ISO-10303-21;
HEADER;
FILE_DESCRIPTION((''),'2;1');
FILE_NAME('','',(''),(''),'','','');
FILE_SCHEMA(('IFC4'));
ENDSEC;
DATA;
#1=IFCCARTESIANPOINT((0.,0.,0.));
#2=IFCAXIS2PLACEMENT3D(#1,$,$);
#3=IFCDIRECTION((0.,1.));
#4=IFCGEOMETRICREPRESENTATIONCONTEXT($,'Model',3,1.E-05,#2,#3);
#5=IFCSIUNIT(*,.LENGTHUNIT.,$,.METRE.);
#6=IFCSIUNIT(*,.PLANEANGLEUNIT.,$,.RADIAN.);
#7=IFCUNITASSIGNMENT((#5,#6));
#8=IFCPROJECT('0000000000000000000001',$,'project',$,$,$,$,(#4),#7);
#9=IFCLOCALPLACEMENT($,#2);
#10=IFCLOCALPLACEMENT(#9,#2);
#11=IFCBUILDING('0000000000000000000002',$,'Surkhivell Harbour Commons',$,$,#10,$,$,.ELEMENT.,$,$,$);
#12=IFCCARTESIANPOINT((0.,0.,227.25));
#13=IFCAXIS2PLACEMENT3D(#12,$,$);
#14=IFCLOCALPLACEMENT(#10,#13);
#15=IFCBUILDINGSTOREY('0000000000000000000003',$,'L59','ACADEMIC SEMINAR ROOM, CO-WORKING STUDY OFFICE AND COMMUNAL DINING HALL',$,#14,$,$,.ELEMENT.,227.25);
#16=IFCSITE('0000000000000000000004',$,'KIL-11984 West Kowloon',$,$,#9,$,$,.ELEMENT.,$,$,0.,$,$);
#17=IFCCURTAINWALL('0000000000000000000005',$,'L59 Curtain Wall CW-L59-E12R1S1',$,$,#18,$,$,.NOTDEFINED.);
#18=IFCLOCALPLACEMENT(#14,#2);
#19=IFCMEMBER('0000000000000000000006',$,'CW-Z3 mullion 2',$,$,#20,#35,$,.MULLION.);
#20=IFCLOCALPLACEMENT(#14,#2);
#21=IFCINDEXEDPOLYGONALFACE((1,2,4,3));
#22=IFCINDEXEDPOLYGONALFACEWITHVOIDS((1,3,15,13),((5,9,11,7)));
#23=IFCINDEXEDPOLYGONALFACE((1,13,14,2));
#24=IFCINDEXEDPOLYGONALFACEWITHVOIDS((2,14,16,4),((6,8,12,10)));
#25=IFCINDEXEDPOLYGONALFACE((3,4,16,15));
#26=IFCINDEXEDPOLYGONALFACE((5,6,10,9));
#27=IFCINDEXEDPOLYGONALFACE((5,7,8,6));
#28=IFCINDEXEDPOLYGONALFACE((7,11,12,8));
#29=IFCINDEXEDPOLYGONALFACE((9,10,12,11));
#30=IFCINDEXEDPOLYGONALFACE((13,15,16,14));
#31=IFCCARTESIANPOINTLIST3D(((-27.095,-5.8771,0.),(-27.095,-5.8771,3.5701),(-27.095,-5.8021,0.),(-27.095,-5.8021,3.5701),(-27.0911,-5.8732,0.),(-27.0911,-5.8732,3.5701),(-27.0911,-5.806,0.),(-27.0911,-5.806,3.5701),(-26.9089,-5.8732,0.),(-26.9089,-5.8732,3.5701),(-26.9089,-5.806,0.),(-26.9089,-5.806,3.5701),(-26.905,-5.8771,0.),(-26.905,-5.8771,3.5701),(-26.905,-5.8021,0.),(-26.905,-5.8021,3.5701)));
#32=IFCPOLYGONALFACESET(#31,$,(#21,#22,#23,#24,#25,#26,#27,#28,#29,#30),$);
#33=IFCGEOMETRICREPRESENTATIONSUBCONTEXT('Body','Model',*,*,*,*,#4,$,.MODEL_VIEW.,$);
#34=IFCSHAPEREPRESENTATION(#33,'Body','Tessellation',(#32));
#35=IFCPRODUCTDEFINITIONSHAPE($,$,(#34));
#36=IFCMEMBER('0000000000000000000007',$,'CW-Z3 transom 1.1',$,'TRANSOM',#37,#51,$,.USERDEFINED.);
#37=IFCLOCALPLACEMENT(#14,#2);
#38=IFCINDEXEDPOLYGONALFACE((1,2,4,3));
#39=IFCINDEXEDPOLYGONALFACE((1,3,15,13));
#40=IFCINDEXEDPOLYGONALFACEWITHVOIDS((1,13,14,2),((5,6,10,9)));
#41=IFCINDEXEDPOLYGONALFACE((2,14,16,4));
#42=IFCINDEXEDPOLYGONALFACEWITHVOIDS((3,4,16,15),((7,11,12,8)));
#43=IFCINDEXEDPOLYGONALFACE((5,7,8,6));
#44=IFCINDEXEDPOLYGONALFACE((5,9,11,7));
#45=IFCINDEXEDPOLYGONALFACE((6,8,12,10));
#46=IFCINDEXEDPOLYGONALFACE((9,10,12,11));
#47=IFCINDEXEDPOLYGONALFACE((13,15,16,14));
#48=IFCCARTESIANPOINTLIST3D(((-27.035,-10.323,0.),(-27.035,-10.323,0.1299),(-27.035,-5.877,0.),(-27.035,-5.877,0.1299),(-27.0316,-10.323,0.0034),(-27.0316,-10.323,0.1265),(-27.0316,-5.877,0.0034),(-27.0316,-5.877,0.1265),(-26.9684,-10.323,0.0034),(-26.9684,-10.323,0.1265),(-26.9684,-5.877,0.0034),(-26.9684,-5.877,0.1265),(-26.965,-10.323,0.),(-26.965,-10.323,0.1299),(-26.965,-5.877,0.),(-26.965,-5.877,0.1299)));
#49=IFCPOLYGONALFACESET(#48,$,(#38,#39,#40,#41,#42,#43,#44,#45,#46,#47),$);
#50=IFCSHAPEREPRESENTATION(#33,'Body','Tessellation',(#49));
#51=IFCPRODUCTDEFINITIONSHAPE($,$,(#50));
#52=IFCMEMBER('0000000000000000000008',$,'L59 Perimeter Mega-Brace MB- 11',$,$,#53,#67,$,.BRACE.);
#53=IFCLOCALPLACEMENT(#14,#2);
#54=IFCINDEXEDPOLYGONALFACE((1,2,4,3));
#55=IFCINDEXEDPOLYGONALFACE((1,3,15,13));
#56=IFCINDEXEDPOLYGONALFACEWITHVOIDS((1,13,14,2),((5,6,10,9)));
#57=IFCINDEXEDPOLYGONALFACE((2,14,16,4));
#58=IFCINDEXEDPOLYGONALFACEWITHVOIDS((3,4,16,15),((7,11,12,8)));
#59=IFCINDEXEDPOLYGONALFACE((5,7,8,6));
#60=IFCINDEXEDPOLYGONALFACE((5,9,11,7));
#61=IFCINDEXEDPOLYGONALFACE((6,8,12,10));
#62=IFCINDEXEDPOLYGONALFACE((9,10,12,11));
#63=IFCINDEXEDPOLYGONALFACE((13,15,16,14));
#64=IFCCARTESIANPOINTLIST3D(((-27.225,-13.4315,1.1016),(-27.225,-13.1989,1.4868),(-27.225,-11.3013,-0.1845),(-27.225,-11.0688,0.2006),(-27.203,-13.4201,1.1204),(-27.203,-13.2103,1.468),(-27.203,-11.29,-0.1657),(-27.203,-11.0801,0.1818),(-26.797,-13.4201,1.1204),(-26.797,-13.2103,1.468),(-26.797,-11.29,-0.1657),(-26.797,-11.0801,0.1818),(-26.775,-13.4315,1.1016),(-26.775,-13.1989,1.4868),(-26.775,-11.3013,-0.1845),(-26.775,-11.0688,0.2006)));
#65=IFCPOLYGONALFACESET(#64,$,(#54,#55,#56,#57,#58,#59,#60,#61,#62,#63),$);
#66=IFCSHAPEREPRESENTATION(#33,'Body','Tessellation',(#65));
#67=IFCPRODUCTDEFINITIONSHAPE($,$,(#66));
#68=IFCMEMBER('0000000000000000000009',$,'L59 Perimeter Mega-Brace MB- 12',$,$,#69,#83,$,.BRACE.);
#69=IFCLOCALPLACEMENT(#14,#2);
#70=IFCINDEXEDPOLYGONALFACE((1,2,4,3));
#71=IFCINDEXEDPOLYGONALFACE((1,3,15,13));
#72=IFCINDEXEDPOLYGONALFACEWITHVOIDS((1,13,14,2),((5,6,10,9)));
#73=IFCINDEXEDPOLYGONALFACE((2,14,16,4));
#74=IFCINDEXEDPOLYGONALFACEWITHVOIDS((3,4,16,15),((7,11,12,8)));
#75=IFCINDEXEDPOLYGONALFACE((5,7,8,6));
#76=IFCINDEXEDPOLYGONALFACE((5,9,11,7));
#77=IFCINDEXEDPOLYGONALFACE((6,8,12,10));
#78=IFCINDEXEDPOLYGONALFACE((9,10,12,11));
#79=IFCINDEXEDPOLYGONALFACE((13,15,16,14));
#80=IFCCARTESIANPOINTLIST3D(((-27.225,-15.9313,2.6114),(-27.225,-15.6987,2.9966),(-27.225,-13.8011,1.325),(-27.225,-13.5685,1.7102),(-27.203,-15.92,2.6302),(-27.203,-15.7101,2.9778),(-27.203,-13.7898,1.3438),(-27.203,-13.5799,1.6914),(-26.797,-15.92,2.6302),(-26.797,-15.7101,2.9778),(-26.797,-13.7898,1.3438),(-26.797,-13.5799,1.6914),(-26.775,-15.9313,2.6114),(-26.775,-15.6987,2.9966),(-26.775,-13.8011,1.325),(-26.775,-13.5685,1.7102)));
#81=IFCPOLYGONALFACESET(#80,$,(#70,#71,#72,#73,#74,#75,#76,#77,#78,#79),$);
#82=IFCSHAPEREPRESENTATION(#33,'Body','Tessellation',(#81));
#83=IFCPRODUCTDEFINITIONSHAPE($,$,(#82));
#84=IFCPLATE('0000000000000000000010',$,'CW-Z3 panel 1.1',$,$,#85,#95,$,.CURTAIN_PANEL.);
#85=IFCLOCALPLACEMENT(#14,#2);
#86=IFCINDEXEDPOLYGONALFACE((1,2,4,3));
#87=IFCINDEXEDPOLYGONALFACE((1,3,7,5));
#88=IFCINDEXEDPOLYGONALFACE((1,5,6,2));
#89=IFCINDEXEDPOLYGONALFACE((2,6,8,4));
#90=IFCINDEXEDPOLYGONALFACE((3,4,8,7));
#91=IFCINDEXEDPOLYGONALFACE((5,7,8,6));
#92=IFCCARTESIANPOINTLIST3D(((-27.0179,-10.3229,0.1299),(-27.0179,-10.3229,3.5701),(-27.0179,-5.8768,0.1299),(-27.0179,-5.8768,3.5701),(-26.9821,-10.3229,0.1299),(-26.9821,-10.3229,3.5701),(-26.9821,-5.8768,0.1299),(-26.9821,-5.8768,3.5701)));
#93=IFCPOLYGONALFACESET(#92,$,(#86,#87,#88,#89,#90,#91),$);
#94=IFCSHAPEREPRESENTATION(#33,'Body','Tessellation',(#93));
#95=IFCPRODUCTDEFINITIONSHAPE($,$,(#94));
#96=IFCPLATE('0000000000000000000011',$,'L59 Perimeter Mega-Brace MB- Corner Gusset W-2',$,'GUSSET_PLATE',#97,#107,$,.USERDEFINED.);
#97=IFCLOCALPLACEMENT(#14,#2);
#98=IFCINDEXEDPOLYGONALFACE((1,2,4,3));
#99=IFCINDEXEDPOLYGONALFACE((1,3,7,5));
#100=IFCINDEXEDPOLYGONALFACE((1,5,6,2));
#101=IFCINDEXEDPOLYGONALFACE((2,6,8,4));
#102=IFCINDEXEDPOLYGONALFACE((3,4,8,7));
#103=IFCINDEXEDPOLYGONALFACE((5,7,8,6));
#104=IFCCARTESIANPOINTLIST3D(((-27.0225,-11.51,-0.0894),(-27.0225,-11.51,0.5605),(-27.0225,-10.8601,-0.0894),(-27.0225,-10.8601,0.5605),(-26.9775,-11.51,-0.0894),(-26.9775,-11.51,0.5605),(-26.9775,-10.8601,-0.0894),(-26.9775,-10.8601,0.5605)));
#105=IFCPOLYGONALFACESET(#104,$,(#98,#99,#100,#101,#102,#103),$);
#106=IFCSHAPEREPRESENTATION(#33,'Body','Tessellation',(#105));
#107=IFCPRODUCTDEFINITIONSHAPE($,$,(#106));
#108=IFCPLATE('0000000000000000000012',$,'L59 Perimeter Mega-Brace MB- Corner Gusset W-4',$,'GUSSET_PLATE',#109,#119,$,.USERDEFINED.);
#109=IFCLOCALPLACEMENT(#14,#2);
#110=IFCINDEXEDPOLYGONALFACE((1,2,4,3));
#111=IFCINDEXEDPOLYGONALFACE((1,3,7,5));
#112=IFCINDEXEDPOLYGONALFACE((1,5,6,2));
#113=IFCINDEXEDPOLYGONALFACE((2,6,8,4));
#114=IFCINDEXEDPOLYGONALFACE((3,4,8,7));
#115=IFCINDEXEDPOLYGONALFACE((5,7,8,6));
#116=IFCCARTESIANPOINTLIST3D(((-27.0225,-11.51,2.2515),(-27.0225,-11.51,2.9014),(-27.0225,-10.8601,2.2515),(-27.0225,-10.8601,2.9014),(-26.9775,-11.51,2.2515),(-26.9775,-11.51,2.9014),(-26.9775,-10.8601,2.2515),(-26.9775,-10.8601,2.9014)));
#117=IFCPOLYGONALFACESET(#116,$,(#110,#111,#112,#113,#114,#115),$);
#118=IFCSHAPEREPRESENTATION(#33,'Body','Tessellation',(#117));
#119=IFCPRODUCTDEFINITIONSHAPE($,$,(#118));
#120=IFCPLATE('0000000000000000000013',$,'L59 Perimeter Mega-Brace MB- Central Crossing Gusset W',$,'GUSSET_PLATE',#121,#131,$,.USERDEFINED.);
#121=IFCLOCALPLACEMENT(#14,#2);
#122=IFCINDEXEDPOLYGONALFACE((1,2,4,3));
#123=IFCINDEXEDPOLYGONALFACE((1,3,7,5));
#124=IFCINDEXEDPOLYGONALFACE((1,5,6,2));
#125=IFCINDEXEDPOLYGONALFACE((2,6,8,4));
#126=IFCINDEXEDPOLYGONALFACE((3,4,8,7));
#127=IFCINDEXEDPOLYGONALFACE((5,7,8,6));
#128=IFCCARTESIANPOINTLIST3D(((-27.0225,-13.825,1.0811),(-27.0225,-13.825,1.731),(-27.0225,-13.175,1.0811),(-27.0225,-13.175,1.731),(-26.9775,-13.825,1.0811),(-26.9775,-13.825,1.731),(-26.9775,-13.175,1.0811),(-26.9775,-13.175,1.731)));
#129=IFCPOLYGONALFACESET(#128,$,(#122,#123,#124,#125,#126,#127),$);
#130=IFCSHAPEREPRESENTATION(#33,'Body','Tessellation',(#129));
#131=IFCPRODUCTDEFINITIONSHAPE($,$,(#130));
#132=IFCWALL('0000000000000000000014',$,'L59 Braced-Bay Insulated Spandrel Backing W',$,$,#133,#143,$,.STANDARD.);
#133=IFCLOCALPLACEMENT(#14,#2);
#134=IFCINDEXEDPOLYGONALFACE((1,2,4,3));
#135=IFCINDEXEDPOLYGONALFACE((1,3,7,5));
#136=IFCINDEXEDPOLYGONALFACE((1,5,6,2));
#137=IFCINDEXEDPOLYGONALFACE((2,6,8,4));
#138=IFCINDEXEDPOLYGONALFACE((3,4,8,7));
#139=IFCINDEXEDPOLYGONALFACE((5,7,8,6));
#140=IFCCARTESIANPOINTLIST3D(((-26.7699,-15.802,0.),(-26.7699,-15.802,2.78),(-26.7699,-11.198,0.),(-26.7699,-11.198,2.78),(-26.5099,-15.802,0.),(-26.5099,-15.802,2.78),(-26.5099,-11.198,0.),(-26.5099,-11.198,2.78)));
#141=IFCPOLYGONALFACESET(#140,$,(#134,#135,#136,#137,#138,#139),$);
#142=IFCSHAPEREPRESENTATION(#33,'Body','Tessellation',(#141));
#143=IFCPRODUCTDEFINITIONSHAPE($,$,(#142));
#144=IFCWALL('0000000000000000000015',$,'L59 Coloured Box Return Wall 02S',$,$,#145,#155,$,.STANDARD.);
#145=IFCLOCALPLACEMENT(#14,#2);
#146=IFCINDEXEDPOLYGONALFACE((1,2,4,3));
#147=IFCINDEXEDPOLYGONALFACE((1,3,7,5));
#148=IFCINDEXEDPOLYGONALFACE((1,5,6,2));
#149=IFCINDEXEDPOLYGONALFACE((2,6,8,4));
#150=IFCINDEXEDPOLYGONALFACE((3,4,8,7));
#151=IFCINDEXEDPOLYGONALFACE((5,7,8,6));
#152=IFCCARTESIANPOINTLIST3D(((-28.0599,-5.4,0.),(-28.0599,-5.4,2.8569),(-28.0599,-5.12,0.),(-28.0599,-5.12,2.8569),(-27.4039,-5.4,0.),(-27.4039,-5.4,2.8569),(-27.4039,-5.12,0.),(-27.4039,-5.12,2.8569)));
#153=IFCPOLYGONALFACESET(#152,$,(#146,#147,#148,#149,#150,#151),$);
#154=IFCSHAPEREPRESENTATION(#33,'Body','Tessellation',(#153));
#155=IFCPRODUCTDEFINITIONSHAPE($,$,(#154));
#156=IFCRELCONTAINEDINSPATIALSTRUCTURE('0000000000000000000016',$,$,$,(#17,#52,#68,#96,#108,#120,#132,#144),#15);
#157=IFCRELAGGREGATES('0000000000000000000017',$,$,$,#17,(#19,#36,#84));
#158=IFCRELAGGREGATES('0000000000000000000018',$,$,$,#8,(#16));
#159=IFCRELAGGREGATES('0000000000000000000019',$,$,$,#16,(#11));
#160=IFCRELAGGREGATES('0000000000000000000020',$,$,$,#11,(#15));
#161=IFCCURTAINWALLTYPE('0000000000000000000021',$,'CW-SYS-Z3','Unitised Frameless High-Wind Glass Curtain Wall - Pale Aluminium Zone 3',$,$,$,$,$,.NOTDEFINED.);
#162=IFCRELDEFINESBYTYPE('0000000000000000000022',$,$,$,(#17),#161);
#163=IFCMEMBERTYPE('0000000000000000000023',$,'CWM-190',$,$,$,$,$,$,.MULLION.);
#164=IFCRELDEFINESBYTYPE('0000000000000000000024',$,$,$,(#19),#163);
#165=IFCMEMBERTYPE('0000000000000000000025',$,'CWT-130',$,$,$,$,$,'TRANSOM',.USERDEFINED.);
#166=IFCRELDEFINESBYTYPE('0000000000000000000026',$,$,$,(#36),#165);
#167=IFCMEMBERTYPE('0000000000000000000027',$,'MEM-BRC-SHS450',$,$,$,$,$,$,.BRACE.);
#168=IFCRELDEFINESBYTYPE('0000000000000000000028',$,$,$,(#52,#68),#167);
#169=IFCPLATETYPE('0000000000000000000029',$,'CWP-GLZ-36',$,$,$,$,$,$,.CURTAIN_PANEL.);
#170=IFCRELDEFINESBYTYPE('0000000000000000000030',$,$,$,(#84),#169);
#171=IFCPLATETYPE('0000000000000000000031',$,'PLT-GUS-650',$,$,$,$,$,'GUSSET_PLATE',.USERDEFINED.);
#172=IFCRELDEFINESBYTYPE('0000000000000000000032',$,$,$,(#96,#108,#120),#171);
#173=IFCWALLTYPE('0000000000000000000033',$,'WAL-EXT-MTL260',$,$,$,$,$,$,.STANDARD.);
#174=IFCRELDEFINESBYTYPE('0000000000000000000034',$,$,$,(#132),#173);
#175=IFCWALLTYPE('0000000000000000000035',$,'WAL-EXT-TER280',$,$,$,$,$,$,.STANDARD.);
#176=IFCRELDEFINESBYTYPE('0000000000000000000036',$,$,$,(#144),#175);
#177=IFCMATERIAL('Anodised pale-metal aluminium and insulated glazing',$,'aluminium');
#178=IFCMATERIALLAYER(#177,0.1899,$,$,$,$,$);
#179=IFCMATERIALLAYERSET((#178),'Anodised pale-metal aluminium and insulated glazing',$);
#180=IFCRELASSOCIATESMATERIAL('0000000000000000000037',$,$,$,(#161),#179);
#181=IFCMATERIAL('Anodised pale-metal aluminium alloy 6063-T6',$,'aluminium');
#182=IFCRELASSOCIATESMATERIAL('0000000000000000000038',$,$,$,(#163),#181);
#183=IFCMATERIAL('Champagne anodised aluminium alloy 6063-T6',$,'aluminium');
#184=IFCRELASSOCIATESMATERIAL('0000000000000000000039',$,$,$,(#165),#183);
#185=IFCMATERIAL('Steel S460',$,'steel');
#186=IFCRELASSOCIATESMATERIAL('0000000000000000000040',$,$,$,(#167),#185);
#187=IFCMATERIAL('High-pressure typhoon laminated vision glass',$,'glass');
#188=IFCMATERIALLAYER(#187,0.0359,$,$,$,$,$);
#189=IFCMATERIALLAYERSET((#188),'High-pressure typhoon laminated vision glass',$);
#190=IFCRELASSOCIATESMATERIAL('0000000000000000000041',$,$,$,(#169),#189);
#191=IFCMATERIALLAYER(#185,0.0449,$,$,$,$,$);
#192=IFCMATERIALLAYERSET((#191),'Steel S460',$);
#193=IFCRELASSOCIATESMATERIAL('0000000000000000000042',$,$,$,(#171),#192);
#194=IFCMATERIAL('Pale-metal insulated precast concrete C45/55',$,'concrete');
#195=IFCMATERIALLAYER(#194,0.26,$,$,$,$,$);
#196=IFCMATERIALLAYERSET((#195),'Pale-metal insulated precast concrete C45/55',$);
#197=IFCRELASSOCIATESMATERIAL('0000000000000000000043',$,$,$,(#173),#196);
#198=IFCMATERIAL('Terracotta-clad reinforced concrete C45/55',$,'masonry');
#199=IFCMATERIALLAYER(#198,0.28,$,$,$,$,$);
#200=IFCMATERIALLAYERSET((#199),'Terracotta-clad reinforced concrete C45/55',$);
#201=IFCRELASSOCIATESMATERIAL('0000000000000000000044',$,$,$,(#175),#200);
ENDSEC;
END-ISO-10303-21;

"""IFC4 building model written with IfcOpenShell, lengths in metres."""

from ifc_helpers import new_model, si_unit, direction, frame, frame_2d, origin, origin_2d, place, context, subcontext, project, spatial, rectangle, hollow_rectangle, extrude, material, layer, layer_set, material_profile, profile_set, type_object, element, aggregate, save


model = new_model("IFC4")

# Units and contexts
model_context = context("Model", 3, precision=1e-05, world=origin(), true_north=direction((0.0, 1.0)))
body_context = subcontext(model_context, "Body", "Model", "MODEL_VIEW")
ifc_project = project(units=[si_unit("LENGTHUNIT", "METRE"), si_unit("PLANEANGLEUNIT", "RADIAN")], contexts=[model_context])

# Site, building, storey
site_placement = place(None, origin())
site = spatial("IfcSite", under=ifc_project, at=site_placement, Name="KIL-11984 West Kowloon", CompositionType="ELEMENT", RefElevation=0.0)
building_placement = place(site_placement, origin())
building = spatial("IfcBuilding", under=site, at=building_placement, Name="Surkhivell Harbour Commons", CompositionType="ELEMENT")
storey_placement = place(building_placement, frame((0.0, 0.0, 227.25)))
storey = spatial("IfcBuildingStorey", under=building, at=storey_placement, Name="L59", Description="ACADEMIC SEMINAR ROOM, CO-WORKING STUDY OFFICE AND COMMUNAL DINING HALL", CompositionType="ELEMENT", Elevation=227.25)

# Shared definitions
ifc_material_1 = material(Name="Steel S460", Category="steel")

# Curtain wall, members
ifc_material_2 = material(Name="Anodised pale-metal aluminium and insulated glazing", Category="aluminium")
ifc_layer_1 = layer(ifc_material_2, 0.1899)
ifc_layer_set_1 = layer_set([ifc_layer_1], Name="Anodised pale-metal aluminium and insulated glazing")
curtain_wall_type = type_object("IfcCurtainWallType", Name="CW-SYS-Z3", Description="Unitised Frameless High-Wind Glass Curtain Wall - Pale Aluminium Zone 3", PredefinedType="NOTDEFINED", material=ifc_layer_set_1)
curtain_wall_placement = place(storey_placement, origin())
curtain_wall = element("IfcCurtainWall", 1, at=curtain_wall_placement, inside=storey, type_object=curtain_wall_type, Name="L59 Curtain Wall CW-L59-E12R1S1", PredefinedType="NOTDEFINED")
ifc_material_3 = material(Name="Anodised pale-metal aluminium alloy 6063-T6", Category="aluminium")
ifc_material_profile_1 = material_profile(ifc_material_3, hollow_rectangle(XDim=0.075, YDim=0.1899, WallThickness=0.0039, at=origin_2d()), Name="ALU-MULL-75x190")
ifc_profile_set_1 = profile_set([ifc_material_profile_1], Name="Anodised pale-metal aluminium alloy 6063-T6")
member_type_1 = type_object("IfcMemberType", Name="CWM-190", PredefinedType="MULLION", material=ifc_profile_set_1)
member_1_placement = place(storey_placement, frame((-27.0, -5.8396, 0.0), z_axis=(0.0, 0.0, 1.0), x_axis=(0.0, 1.0, 0.0)))
member_1 = element("IfcMember", 2, at=member_1_placement, type_object=member_type_1, Name="CW-Z3 mullion 2", PredefinedType="MULLION", context=body_context, shape_type="SweptSolid", body=[
    extrude(hollow_rectangle(XDim=0.075, YDim=0.1899, WallThickness=0.0039, at=origin_2d()), origin(), (0.0, 0.0, 1.0), 3.5701),
])
ifc_material_4 = material(Name="Champagne anodised aluminium alloy 6063-T6", Category="aluminium")
ifc_material_profile_2 = material_profile(ifc_material_4, hollow_rectangle(XDim=0.0701, YDim=0.1299, WallThickness=0.0034, at=origin_2d()), Name="ALU-TRAN-70x130")
ifc_profile_set_2 = profile_set([ifc_material_profile_2], Name="Champagne anodised aluminium alloy 6063-T6")
member_type_2 = type_object("IfcMemberType", Name="CWT-130", ElementType="TRANSOM", PredefinedType="USERDEFINED", material=ifc_profile_set_2)
member_2_placement = place(storey_placement, frame((-27.0, -10.323, 0.0649), z_axis=(0.0, 1.0, 0.0), x_axis=(-1.0, 0.0, 0.0)))
member_2 = element("IfcMember", 3, at=member_2_placement, type_object=member_type_2, Name="CW-Z3 transom 1.1", ObjectType="TRANSOM", PredefinedType="USERDEFINED", context=body_context, shape_type="SweptSolid", body=[
    extrude(hollow_rectangle(XDim=0.0701, YDim=0.1299, WallThickness=0.0034, at=origin_2d()), origin(), (0.0, 0.0, 1.0), 4.446),
])

# Members
ifc_material_profile_3 = material_profile(ifc_material_1, hollow_rectangle(XDim=0.45, YDim=0.45, WallThickness=0.022, at=origin_2d()), Name="SHS450x450x22")
ifc_profile_set_3 = profile_set([ifc_material_profile_3], Name="Steel S460")
member_type_3 = type_object("IfcMemberType", Name="MEM-BRC-SHS450", PredefinedType="BRACE", material=ifc_profile_set_3)
member_3_placement = place(storey_placement, frame((-27.0, -11.1851, 0.0081), z_axis=(0.0, -0.856061, 0.516875), x_axis=(1.0, 0.0, 0.0)))
element("IfcMember", 4, at=member_3_placement, inside=storey, type_object=member_type_3, Name="L59 Perimeter Mega-Brace MB- 11", PredefinedType="BRACE", context=body_context, shape_type="SweptSolid", body=[
    extrude(hollow_rectangle(XDim=0.45, YDim=0.45, WallThickness=0.022, at=origin_2d()), origin(), (0.0, 0.0, 1.0), 2.4883),
])
member_4_placement = place(storey_placement, frame((-27.0, -13.6848, 1.5176), z_axis=(0.0, -0.856018, 0.516946), x_axis=(1.0, 0.0, 0.0)))
element("IfcMember", 5, at=member_4_placement, inside=storey, type_object=member_type_3, Name="L59 Perimeter Mega-Brace MB- 12", PredefinedType="BRACE", context=body_context, shape_type="SweptSolid", body=[
    extrude(hollow_rectangle(XDim=0.45, YDim=0.45, WallThickness=0.022, at=origin_2d()), origin(), (0.0, 0.0, 1.0), 2.4885),
])

# Plate
ifc_material_5 = material(Name="High-pressure typhoon laminated vision glass", Category="glass")
ifc_layer_2 = layer(ifc_material_5, 0.0359)
ifc_layer_set_2 = layer_set([ifc_layer_2], Name="High-pressure typhoon laminated vision glass")
plate_type_1 = type_object("IfcPlateType", Name="CWP-GLZ-36", PredefinedType="CURTAIN_PANEL", material=ifc_layer_set_2)
plate_placement = place(storey_placement, frame((-27.0, -10.323, 0.1299), z_axis=(0.0, 0.0, 1.0), x_axis=(0.0, 1.0, 0.0)))
plate = element("IfcPlate", 6, at=plate_placement, type_object=plate_type_1, Name="CW-Z3 panel 1.1", PredefinedType="CURTAIN_PANEL", context=body_context, shape_type="SweptSolid", body=[
    extrude(rectangle(XDim=4.446, YDim=0.0359, at=frame_2d((2.2231, 0.0))), origin(), (0.0, 0.0, 1.0), 3.4402),
])
aggregate(curtain_wall, [member_1, member_2, plate])

# Plates
ifc_layer_3 = layer(ifc_material_1, 0.0449)
ifc_layer_set_3 = layer_set([ifc_layer_3], Name="Steel S460")
plate_type_2 = type_object("IfcPlateType", Name="PLT-GUS-650", ElementType="GUSSET_PLATE", PredefinedType="USERDEFINED", material=ifc_layer_set_3)
for number, where, z_axis, x_axis, name in (
    (7, (-27.0, -11.1851, -0.0894), (0.0, 0.0, 1.0), (0.0, 1.0, 0.0), "L59 Perimeter Mega-Brace MB- Corner Gusset W-2"),
    (8, (-27.0, -11.1851, 2.2515), (0.0, 0.0, 1.0), (0.0, 1.0, 0.0), "L59 Perimeter Mega-Brace MB- Corner Gusset W-4"),
    (9, (-27.0, -13.5, 1.0811), (0.0, 0.0, 1.0), (0.0, 1.0, 0.0), "L59 Perimeter Mega-Brace MB- Central Crossing Gusset W"),
):
    element("IfcPlate", number, at=place(storey_placement, frame(where, z_axis=z_axis, x_axis=x_axis)), inside=storey, type_object=plate_type_2, Name=name, ObjectType="GUSSET_PLATE", PredefinedType="USERDEFINED", context=body_context, shape_type="SweptSolid", body=[
        extrude(rectangle(XDim=0.6499, YDim=0.0449, at=origin_2d()), origin(), (0.0, 0.0, 1.0), 0.6499),
    ])

# Walls
ifc_material_6 = material(Name="Pale-metal insulated precast concrete C45/55", Category="concrete")
ifc_layer_4 = layer(ifc_material_6, 0.26)
ifc_layer_set_4 = layer_set([ifc_layer_4], Name="Pale-metal insulated precast concrete C45/55")
wall_type_1 = type_object("IfcWallType", Name="WAL-EXT-MTL260", PredefinedType="STANDARD", material=ifc_layer_set_4)
wall_1_placement = place(storey_placement, frame((-26.6399, -15.802, 0.0), z_axis=(0.0, 0.0, 1.0), x_axis=(0.0, 1.0, 0.0)))
element("IfcWall", 10, at=wall_1_placement, inside=storey, type_object=wall_type_1, Name="L59 Braced-Bay Insulated Spandrel Backing W", PredefinedType="STANDARD", context=body_context, shape_type="SweptSolid", body=[
    extrude(rectangle(XDim=4.604, YDim=0.26, at=frame_2d((2.302, 0.0))), origin(), (0.0, 0.0, 1.0), 2.78),
])
ifc_material_7 = material(Name="Terracotta-clad reinforced concrete C45/55", Category="masonry")
ifc_layer_5 = layer(ifc_material_7, 0.28)
ifc_layer_set_5 = layer_set([ifc_layer_5], Name="Terracotta-clad reinforced concrete C45/55")
wall_type_2 = type_object("IfcWallType", Name="WAL-EXT-TER280", PredefinedType="STANDARD", material=ifc_layer_set_5)
wall_2_placement = place(storey_placement, frame((-28.0601, -5.26, 0.0), z_axis=(0.0, 0.0, 1.0), x_axis=(1.0, 0.0, 0.0)))
element("IfcWall", 11, at=wall_2_placement, inside=storey, type_object=wall_type_2, Name="L59 Coloured Box Return Wall 02S", PredefinedType="STANDARD", context=body_context, shape_type="SweptSolid", body=[
    extrude(rectangle(XDim=0.656, YDim=0.28, at=frame_2d((0.3281, 0.0))), origin(), (0.0, 0.0, 1.0), 2.8569),
])

save(model, "model.ifc")
